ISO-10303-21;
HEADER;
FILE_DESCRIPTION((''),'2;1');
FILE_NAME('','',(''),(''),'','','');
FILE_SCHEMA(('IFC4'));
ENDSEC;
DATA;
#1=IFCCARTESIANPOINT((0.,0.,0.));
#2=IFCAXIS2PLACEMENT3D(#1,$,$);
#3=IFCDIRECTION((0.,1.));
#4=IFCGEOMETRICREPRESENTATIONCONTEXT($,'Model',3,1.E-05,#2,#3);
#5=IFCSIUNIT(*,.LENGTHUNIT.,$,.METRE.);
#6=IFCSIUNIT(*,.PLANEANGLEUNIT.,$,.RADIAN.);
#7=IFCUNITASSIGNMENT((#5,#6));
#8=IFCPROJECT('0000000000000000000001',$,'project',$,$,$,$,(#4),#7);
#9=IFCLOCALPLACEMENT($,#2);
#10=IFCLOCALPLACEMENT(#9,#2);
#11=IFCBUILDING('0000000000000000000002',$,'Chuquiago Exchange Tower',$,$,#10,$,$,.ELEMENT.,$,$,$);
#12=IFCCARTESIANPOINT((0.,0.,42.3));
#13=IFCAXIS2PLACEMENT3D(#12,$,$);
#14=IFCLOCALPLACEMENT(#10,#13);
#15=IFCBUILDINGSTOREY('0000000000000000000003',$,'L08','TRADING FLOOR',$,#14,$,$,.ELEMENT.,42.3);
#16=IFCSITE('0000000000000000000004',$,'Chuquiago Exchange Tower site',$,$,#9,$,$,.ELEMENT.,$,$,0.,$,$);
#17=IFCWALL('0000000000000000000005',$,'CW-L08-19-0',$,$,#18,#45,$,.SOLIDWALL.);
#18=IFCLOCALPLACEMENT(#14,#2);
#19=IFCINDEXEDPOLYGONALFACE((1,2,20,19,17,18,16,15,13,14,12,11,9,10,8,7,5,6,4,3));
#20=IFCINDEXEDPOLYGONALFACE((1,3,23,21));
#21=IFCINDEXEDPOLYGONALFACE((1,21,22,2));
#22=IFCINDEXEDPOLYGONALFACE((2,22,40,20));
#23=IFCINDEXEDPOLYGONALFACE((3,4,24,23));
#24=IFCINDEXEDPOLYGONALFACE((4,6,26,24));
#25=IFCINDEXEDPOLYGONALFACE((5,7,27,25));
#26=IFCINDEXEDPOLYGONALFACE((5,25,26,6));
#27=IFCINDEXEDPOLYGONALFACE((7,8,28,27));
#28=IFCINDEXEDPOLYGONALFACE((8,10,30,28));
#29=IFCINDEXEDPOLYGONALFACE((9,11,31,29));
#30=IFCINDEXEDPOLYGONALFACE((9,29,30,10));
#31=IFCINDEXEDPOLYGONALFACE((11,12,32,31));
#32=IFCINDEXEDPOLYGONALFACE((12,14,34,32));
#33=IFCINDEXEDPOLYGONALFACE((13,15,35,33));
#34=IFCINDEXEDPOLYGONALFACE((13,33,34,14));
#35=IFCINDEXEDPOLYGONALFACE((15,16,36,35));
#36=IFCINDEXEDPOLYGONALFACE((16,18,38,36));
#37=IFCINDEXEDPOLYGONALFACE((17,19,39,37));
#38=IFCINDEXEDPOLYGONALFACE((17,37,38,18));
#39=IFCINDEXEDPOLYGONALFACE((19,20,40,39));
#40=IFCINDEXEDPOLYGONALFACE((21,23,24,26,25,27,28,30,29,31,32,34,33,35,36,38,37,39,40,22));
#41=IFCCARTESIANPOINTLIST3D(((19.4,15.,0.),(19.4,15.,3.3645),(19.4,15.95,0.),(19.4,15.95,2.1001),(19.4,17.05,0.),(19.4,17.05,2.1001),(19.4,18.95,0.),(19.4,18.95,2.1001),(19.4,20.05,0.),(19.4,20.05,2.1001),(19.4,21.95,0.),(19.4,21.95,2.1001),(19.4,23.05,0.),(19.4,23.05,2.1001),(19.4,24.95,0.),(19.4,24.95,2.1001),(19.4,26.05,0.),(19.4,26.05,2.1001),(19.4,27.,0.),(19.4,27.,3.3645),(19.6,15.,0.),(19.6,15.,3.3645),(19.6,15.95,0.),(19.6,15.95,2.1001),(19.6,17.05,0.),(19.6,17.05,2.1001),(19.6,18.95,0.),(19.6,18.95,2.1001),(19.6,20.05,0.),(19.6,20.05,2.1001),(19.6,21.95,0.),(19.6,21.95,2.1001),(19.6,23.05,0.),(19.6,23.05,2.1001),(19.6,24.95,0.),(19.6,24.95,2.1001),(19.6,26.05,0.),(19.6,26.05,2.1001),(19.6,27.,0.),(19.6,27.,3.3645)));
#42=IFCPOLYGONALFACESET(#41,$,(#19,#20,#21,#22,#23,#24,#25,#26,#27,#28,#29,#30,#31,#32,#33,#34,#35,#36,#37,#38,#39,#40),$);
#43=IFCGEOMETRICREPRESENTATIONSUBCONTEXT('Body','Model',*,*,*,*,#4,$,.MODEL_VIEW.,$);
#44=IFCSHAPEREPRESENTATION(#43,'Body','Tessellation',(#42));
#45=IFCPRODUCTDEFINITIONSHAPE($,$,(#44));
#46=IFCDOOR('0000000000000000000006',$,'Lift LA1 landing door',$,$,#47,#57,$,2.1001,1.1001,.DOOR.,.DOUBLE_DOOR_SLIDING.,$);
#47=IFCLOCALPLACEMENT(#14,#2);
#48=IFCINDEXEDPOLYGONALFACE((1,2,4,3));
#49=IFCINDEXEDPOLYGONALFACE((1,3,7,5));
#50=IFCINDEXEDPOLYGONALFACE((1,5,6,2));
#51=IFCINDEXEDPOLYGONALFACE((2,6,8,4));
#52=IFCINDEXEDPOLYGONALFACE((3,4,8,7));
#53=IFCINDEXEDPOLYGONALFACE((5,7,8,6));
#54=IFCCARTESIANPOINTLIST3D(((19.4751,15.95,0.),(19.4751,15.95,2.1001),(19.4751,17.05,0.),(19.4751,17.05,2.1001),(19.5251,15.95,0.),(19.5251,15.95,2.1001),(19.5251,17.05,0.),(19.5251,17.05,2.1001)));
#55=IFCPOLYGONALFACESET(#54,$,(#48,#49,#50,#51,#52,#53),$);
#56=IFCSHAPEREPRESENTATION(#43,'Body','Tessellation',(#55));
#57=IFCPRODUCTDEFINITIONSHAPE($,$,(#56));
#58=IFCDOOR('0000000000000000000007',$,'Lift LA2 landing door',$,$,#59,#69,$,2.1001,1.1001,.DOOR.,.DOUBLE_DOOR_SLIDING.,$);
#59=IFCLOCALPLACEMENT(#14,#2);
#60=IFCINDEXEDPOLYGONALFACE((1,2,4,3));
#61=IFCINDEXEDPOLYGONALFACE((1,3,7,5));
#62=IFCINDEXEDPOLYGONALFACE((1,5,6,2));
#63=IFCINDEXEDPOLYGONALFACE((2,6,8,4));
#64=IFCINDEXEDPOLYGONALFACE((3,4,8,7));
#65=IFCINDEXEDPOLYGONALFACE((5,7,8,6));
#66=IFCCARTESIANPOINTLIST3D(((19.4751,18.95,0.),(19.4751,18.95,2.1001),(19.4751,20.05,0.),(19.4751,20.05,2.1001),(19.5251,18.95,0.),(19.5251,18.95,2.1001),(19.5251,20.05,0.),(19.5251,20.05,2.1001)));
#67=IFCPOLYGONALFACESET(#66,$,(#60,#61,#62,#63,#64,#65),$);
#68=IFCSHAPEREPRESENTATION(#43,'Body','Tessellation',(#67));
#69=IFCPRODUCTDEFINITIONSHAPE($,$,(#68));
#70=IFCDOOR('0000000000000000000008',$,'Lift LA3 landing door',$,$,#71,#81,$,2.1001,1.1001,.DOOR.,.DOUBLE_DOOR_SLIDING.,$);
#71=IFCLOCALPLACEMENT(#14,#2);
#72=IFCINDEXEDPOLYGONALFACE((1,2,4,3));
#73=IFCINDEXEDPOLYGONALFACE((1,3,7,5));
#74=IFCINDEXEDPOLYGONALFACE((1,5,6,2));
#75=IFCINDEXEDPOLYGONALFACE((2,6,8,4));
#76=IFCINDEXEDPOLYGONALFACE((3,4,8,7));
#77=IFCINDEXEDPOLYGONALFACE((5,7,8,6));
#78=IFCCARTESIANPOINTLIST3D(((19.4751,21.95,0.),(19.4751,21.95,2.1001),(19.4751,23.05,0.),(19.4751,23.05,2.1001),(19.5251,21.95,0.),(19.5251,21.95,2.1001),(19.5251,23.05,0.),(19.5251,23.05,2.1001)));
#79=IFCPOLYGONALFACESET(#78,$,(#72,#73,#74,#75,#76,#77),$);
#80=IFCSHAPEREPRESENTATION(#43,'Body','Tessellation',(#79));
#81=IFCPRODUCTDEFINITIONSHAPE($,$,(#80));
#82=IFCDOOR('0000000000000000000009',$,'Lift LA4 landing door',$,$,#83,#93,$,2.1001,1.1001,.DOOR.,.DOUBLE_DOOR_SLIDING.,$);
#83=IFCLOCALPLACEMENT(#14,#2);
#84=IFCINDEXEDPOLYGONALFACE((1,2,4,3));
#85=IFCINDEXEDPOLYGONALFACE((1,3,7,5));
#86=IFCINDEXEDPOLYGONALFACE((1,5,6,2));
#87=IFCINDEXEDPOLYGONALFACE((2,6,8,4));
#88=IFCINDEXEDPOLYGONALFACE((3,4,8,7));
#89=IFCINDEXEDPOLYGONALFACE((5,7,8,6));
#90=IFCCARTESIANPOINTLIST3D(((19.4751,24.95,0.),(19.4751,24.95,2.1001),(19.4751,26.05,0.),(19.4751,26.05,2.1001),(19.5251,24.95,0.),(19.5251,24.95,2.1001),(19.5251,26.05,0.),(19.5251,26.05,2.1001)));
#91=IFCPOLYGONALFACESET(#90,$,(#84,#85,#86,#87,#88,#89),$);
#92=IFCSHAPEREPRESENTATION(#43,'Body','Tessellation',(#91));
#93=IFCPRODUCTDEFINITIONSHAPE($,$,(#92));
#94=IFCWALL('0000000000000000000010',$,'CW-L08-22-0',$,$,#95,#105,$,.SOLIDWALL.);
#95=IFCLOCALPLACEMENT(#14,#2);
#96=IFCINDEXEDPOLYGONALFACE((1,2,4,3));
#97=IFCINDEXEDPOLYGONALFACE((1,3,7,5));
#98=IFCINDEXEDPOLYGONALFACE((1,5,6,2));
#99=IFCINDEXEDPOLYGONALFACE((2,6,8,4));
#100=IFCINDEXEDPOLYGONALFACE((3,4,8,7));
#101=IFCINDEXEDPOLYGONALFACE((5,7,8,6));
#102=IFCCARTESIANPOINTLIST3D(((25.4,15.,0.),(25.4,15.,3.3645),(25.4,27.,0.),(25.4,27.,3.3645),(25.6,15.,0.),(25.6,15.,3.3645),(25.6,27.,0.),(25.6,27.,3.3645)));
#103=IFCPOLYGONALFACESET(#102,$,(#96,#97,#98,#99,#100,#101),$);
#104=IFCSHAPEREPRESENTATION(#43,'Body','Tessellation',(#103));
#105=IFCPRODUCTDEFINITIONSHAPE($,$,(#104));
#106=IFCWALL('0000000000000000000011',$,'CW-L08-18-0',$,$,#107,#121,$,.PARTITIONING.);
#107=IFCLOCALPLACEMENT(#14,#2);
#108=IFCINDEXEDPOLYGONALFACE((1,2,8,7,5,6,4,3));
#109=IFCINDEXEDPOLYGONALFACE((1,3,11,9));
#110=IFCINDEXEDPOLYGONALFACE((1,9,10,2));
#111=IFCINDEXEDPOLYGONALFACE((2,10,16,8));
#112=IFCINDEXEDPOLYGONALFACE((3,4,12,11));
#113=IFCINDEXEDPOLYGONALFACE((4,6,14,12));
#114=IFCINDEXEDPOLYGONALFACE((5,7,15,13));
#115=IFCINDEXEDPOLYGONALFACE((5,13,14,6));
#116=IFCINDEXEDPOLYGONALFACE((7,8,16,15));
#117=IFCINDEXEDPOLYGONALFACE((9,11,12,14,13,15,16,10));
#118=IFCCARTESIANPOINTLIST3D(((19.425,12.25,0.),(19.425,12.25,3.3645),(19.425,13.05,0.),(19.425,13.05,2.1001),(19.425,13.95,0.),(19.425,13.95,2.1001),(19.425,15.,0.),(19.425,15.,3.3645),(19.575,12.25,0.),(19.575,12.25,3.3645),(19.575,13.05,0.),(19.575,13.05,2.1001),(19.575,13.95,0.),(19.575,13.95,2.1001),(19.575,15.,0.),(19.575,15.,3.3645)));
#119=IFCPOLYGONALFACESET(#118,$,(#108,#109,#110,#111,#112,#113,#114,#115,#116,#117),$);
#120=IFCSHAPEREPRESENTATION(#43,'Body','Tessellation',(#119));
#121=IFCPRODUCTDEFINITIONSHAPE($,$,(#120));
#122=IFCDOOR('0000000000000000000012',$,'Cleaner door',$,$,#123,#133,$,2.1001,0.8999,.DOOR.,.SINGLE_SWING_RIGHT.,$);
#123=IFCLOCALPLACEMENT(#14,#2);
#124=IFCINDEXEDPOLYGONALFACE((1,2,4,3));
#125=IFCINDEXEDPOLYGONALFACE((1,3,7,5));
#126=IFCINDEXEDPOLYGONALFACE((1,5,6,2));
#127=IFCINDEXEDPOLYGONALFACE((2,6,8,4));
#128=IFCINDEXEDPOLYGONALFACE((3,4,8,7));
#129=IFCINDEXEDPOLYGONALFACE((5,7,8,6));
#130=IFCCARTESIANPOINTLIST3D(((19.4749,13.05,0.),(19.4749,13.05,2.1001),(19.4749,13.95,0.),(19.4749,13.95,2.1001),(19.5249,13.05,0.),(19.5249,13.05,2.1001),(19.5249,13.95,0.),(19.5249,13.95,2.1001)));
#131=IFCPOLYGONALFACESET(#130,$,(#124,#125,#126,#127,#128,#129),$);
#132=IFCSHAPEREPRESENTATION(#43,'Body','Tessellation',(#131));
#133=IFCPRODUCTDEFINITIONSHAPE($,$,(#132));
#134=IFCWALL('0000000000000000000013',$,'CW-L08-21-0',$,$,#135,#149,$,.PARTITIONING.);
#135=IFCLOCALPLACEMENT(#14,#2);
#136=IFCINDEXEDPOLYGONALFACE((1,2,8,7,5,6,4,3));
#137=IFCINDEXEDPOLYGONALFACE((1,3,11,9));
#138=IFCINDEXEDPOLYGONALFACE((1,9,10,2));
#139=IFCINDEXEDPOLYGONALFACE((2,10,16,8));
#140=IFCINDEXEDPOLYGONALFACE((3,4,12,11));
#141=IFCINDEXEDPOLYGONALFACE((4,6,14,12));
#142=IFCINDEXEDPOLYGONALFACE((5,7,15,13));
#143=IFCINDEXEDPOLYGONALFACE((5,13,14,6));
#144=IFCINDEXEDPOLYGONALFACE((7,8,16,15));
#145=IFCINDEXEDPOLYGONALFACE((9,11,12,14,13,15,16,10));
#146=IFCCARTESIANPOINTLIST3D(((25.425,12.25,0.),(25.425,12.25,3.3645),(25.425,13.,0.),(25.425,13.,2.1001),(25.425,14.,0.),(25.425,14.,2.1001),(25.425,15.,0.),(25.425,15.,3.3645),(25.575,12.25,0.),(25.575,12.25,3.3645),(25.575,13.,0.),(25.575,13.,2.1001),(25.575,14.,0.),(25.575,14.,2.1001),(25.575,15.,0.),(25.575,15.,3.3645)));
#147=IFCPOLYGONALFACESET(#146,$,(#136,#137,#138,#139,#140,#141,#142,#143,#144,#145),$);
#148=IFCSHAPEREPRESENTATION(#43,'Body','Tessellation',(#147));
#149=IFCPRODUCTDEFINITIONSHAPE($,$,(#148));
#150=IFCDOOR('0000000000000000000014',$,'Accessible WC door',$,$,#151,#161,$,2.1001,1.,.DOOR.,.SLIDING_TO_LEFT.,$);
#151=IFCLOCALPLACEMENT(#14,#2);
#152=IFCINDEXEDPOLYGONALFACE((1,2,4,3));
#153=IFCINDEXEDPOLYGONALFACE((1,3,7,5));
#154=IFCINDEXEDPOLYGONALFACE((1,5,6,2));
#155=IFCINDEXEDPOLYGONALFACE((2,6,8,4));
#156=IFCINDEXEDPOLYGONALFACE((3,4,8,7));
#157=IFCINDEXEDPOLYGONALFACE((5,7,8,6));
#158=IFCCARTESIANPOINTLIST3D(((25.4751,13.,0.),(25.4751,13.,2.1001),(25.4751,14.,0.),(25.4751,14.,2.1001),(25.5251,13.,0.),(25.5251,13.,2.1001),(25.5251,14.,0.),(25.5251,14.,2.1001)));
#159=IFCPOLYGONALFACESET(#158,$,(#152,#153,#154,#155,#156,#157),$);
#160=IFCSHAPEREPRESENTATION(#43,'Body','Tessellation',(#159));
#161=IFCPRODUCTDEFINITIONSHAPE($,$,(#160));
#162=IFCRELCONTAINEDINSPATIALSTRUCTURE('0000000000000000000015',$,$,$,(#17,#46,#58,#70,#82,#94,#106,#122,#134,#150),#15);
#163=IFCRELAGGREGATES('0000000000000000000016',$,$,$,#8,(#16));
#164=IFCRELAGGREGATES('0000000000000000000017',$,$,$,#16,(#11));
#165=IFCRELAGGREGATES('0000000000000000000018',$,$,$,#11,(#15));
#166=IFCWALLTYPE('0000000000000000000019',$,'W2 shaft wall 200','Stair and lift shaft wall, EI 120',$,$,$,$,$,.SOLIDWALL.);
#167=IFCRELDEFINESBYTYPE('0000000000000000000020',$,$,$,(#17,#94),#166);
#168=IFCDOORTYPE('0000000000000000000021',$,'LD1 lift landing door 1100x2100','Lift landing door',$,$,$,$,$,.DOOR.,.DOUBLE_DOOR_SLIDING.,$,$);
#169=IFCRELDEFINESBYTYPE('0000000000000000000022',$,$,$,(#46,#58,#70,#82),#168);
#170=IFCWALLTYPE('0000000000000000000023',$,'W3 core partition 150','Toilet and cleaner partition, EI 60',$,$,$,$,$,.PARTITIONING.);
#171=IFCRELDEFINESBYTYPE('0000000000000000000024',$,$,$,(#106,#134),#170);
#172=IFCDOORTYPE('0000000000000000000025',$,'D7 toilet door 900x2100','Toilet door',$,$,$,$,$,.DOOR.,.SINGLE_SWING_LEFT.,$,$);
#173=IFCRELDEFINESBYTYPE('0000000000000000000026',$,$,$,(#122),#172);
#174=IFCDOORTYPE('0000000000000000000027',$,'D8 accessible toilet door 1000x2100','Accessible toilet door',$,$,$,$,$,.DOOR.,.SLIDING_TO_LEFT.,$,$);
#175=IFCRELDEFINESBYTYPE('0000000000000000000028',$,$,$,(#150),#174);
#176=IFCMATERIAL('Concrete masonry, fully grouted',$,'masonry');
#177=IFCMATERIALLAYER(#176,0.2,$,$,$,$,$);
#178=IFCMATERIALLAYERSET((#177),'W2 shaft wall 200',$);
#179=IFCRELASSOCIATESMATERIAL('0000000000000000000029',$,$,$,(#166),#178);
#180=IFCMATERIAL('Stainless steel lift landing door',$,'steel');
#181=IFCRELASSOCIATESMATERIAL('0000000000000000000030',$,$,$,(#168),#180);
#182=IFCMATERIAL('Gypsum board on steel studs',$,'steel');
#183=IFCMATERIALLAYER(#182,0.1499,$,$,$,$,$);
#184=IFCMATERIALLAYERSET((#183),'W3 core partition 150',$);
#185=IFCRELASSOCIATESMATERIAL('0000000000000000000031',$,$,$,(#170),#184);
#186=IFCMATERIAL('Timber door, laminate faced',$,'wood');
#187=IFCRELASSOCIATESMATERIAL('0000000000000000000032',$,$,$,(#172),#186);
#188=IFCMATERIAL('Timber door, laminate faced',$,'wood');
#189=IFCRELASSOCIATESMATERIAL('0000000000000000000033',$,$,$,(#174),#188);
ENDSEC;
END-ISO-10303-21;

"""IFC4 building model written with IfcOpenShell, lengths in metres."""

from ifc_helpers import new_model, si_unit, direction, frame, frame_2d, origin, place, context, subcontext, project, spatial, rectangle, extrude, material, layer, layer_set, type_object, element, fill, save


model = new_model("IFC4")

# Units and contexts
model_context = context("Model", 3, precision=1e-05, world=origin(), true_north=direction((0.0, 1.0)))
body_context = subcontext(model_context, "Body", "Model", "MODEL_VIEW")
ifc_project = project(units=[si_unit("LENGTHUNIT", "METRE"), si_unit("PLANEANGLEUNIT", "RADIAN")], contexts=[model_context])

# Site, building, storey
site_placement = place(None, origin())
site = spatial("IfcSite", under=ifc_project, at=site_placement, Name="Chuquiago Exchange Tower site", CompositionType="ELEMENT", RefElevation=0.0)
building_placement = place(site_placement, origin())
building = spatial("IfcBuilding", under=site, at=building_placement, Name="Chuquiago Exchange Tower", CompositionType="ELEMENT")
storey_placement = place(building_placement, frame((0.0, 0.0, 42.3)))
storey = spatial("IfcBuildingStorey", under=building, at=storey_placement, Name="L08", Description="TRADING FLOOR", CompositionType="ELEMENT", Elevation=42.3)

# Shared definitions
ifc_material_1 = material(Name="Concrete masonry, fully grouted", Category="masonry")
ifc_layer_1 = layer(ifc_material_1, 0.2)
ifc_layer_set_1 = layer_set([ifc_layer_1], Name="W2 shaft wall 200")
wall_type_1 = type_object("IfcWallType", Name="W2 shaft wall 200", Description="Stair and lift shaft wall, EI 120", PredefinedType="SOLIDWALL", material=ifc_layer_set_1)

# Wall, openings, doors
wall_1_placement = place(storey_placement, frame((19.5, 15.0, 0.0), z_axis=(0.0, 0.0, 1.0), x_axis=(0.0, 1.0, 0.0)))
wall_1 = element("IfcWall", 1, at=wall_1_placement, inside=storey, type_object=wall_type_1, Name="CW-L08-19-0", PredefinedType="SOLIDWALL", context=body_context, shape_type="SweptSolid", body=[
    extrude(rectangle(XDim=12.0, YDim=0.2, at=frame_2d((6.0, 0.0))), origin(), (0.0, 0.0, 1.0), 3.3645),
])
opening_1_placement = place(wall_1_placement, frame((0.95, 0.0, 0.0)))
opening_1 = element("IfcOpeningElement", 2, at=opening_1_placement, cuts=wall_1, PredefinedType="OPENING", context=body_context, shape_type="SweptSolid", body=[
    extrude(rectangle(XDim=1.1001, YDim=2.1001, at=frame_2d((0.55, 1.05))), frame((0.0, 0.1099, 0.0), z_axis=(0.0, -1.0, 0.0), x_axis=(1.0, 0.0, 0.0)), (0.0, 0.0, 1.0), 0.22),
])
opening_2_placement = place(wall_1_placement, frame((3.95, 0.0, 0.0)))
opening_2 = element("IfcOpeningElement", 3, at=opening_2_placement, cuts=wall_1, PredefinedType="OPENING", context=body_context, shape_type="SweptSolid", body=[
    extrude(rectangle(XDim=1.1001, YDim=2.1001, at=frame_2d((0.55, 1.05))), frame((0.0, 0.1099, 0.0), z_axis=(0.0, -1.0, 0.0), x_axis=(1.0, 0.0, 0.0)), (0.0, 0.0, 1.0), 0.22),
])
opening_3_placement = place(wall_1_placement, frame((6.95, 0.0, 0.0)))
opening_3 = element("IfcOpeningElement", 4, at=opening_3_placement, cuts=wall_1, PredefinedType="OPENING", context=body_context, shape_type="SweptSolid", body=[
    extrude(rectangle(XDim=1.1001, YDim=2.1001, at=frame_2d((0.55, 1.05))), frame((0.0, 0.1099, 0.0), z_axis=(0.0, -1.0, 0.0), x_axis=(1.0, 0.0, 0.0)), (0.0, 0.0, 1.0), 0.22),
])
opening_4_placement = place(wall_1_placement, frame((9.95, 0.0, 0.0)))
opening_4 = element("IfcOpeningElement", 5, at=opening_4_placement, cuts=wall_1, PredefinedType="OPENING", context=body_context, shape_type="SweptSolid", body=[
    extrude(rectangle(XDim=1.1001, YDim=2.1001, at=frame_2d((0.55, 1.05))), frame((0.0, 0.1099, 0.0), z_axis=(0.0, -1.0, 0.0), x_axis=(1.0, 0.0, 0.0)), (0.0, 0.0, 1.0), 0.22),
])
ifc_material_2 = material(Name="Stainless steel lift landing door", Category="steel")
door_type_1 = type_object("IfcDoorType", Name="LD1 lift landing door 1100x2100", Description="Lift landing door", OperationType="DOUBLE_DOOR_SLIDING", PredefinedType="DOOR", material=ifc_material_2)
door_1_placement = place(opening_1_placement, origin())
door_1 = element("IfcDoor", 6, at=door_1_placement, inside=storey, type_object=door_type_1, Name="Lift LA1 landing door", OperationType="DOUBLE_DOOR_SLIDING", OverallHeight=2.1001, OverallWidth=1.1001, PredefinedType="DOOR", context=body_context, shape_type="SweptSolid", body=[
    extrude(rectangle(XDim=1.1001, YDim=2.1001, at=frame_2d((0.55, 1.05))), frame((0.0, 0.0249, 0.0), z_axis=(0.0, -1.0, 0.0), x_axis=(1.0, 0.0, 0.0)), (0.0, 0.0, 1.0), 0.05),
])
fill(opening_1, door_1)
door_2_placement = place(opening_2_placement, origin())
door_2 = element("IfcDoor", 7, at=door_2_placement, inside=storey, type_object=door_type_1, Name="Lift LA2 landing door", OperationType="DOUBLE_DOOR_SLIDING", OverallHeight=2.1001, OverallWidth=1.1001, PredefinedType="DOOR", context=body_context, shape_type="SweptSolid", body=[
    extrude(rectangle(XDim=1.1001, YDim=2.1001, at=frame_2d((0.55, 1.05))), frame((0.0, 0.0249, 0.0), z_axis=(0.0, -1.0, 0.0), x_axis=(1.0, 0.0, 0.0)), (0.0, 0.0, 1.0), 0.05),
])
fill(opening_2, door_2)
door_3_placement = place(opening_3_placement, origin())
door_3 = element("IfcDoor", 8, at=door_3_placement, inside=storey, type_object=door_type_1, Name="Lift LA3 landing door", OperationType="DOUBLE_DOOR_SLIDING", OverallHeight=2.1001, OverallWidth=1.1001, PredefinedType="DOOR", context=body_context, shape_type="SweptSolid", body=[
    extrude(rectangle(XDim=1.1001, YDim=2.1001, at=frame_2d((0.55, 1.05))), frame((0.0, 0.0249, 0.0), z_axis=(0.0, -1.0, 0.0), x_axis=(1.0, 0.0, 0.0)), (0.0, 0.0, 1.0), 0.05),
])
fill(opening_3, door_3)
door_4_placement = place(opening_4_placement, origin())
door_4 = element("IfcDoor", 9, at=door_4_placement, inside=storey, type_object=door_type_1, Name="Lift LA4 landing door", OperationType="DOUBLE_DOOR_SLIDING", OverallHeight=2.1001, OverallWidth=1.1001, PredefinedType="DOOR", context=body_context, shape_type="SweptSolid", body=[
    extrude(rectangle(XDim=1.1001, YDim=2.1001, at=frame_2d((0.55, 1.05))), frame((0.0, 0.0249, 0.0), z_axis=(0.0, -1.0, 0.0), x_axis=(1.0, 0.0, 0.0)), (0.0, 0.0, 1.0), 0.05),
])
fill(opening_4, door_4)

# Wall
wall_2_placement = place(storey_placement, frame((25.5, 15.0, 0.0), z_axis=(0.0, 0.0, 1.0), x_axis=(0.0, 1.0, 0.0)))
element("IfcWall", 10, at=wall_2_placement, inside=storey, type_object=wall_type_1, Name="CW-L08-22-0", PredefinedType="SOLIDWALL", context=body_context, shape_type="SweptSolid", body=[
    extrude(rectangle(XDim=12.0, YDim=0.2, at=frame_2d((6.0, 0.0))), origin(), (0.0, 0.0, 1.0), 3.3645),
])

# Walls, openings, doors
ifc_material_3 = material(Name="Gypsum board on steel studs", Category="steel")
ifc_layer_2 = layer(ifc_material_3, 0.1499)
ifc_layer_set_2 = layer_set([ifc_layer_2], Name="W3 core partition 150")
wall_type_2 = type_object("IfcWallType", Name="W3 core partition 150", Description="Toilet and cleaner partition, EI 60", PredefinedType="PARTITIONING", material=ifc_layer_set_2)
wall_3_placement = place(storey_placement, frame((19.5, 12.25, 0.0), z_axis=(0.0, 0.0, 1.0), x_axis=(0.0, 1.0, 0.0)))
wall_3 = element("IfcWall", 11, at=wall_3_placement, inside=storey, type_object=wall_type_2, Name="CW-L08-18-0", PredefinedType="PARTITIONING", context=body_context, shape_type="SweptSolid", body=[
    extrude(rectangle(XDim=2.75, YDim=0.1499, at=frame_2d((1.375, 0.0))), origin(), (0.0, 0.0, 1.0), 3.3645),
])
opening_5_placement = place(wall_3_placement, frame((0.8, 0.0, 0.0)))
opening_5 = element("IfcOpeningElement", 12, at=opening_5_placement, cuts=wall_3, PredefinedType="OPENING", context=body_context, shape_type="SweptSolid", body=[
    extrude(rectangle(XDim=0.8999, YDim=2.1001, at=frame_2d((0.45, 1.05))), frame((0.0, 0.085, 0.0), z_axis=(0.0, -1.0, 0.0), x_axis=(1.0, 0.0, 0.0)), (0.0, 0.0, 1.0), 0.1699),
])
ifc_material_4 = material(Name="Timber door, laminate faced", Category="wood")
door_type_2 = type_object("IfcDoorType", Name="D7 toilet door 900x2100", Description="Toilet door", OperationType="SINGLE_SWING_LEFT", PredefinedType="DOOR", material=ifc_material_4)
door_5_placement = place(opening_5_placement, frame((0.8999, 0.0, 0.0), z_axis=(0.0, 0.0, 1.0), x_axis=(-1.0, 0.0, 0.0)))
door_5 = element("IfcDoor", 13, at=door_5_placement, inside=storey, type_object=door_type_2, Name="Cleaner door", OperationType="SINGLE_SWING_RIGHT", OverallHeight=2.1001, OverallWidth=0.8999, PredefinedType="DOOR", context=body_context, shape_type="SweptSolid", body=[
    extrude(rectangle(XDim=0.8999, YDim=2.1001, at=frame_2d((0.45, 1.05))), frame((0.0, 0.0249, 0.0), z_axis=(0.0, -1.0, 0.0), x_axis=(1.0, 0.0, 0.0)), (0.0, 0.0, 1.0), 0.05),
])
fill(opening_5, door_5)
wall_4_placement = place(storey_placement, frame((25.5, 12.25, 0.0), z_axis=(0.0, 0.0, 1.0), x_axis=(0.0, 1.0, 0.0)))
wall_4 = element("IfcWall", 14, at=wall_4_placement, inside=storey, type_object=wall_type_2, Name="CW-L08-21-0", PredefinedType="PARTITIONING", context=body_context, shape_type="SweptSolid", body=[
    extrude(rectangle(XDim=2.75, YDim=0.1499, at=frame_2d((1.375, 0.0))), origin(), (0.0, 0.0, 1.0), 3.3645),
])
opening_6_placement = place(wall_4_placement, frame((0.75, 0.0, 0.0)))
opening_6 = element("IfcOpeningElement", 15, at=opening_6_placement, cuts=wall_4, PredefinedType="OPENING", context=body_context, shape_type="SweptSolid", body=[
    extrude(rectangle(XDim=1.0, YDim=2.1001, at=frame_2d((0.5, 1.05))), frame((0.0, 0.085, 0.0), z_axis=(0.0, -1.0, 0.0), x_axis=(1.0, 0.0, 0.0)), (0.0, 0.0, 1.0), 0.1699),
])
ifc_material_5 = material(Name="Timber door, laminate faced", Category="wood")
door_type_3 = type_object("IfcDoorType", Name="D8 accessible toilet door 1000x2100", Description="Accessible toilet door", OperationType="SLIDING_TO_LEFT", PredefinedType="DOOR", material=ifc_material_5)
door_6_placement = place(opening_6_placement, origin())
door_6 = element("IfcDoor", 16, at=door_6_placement, inside=storey, type_object=door_type_3, Name="Accessible WC door", OperationType="SLIDING_TO_LEFT", OverallHeight=2.1001, OverallWidth=1.0, PredefinedType="DOOR", context=body_context, shape_type="SweptSolid", body=[
    extrude(rectangle(XDim=1.0, YDim=2.1001, at=frame_2d((0.5, 1.05))), frame((0.0, 0.0249, 0.0), z_axis=(0.0, -1.0, 0.0), x_axis=(1.0, 0.0, 0.0)), (0.0, 0.0, 1.0), 0.05),
])
fill(opening_6, door_6)

save(model, "model.ifc")
